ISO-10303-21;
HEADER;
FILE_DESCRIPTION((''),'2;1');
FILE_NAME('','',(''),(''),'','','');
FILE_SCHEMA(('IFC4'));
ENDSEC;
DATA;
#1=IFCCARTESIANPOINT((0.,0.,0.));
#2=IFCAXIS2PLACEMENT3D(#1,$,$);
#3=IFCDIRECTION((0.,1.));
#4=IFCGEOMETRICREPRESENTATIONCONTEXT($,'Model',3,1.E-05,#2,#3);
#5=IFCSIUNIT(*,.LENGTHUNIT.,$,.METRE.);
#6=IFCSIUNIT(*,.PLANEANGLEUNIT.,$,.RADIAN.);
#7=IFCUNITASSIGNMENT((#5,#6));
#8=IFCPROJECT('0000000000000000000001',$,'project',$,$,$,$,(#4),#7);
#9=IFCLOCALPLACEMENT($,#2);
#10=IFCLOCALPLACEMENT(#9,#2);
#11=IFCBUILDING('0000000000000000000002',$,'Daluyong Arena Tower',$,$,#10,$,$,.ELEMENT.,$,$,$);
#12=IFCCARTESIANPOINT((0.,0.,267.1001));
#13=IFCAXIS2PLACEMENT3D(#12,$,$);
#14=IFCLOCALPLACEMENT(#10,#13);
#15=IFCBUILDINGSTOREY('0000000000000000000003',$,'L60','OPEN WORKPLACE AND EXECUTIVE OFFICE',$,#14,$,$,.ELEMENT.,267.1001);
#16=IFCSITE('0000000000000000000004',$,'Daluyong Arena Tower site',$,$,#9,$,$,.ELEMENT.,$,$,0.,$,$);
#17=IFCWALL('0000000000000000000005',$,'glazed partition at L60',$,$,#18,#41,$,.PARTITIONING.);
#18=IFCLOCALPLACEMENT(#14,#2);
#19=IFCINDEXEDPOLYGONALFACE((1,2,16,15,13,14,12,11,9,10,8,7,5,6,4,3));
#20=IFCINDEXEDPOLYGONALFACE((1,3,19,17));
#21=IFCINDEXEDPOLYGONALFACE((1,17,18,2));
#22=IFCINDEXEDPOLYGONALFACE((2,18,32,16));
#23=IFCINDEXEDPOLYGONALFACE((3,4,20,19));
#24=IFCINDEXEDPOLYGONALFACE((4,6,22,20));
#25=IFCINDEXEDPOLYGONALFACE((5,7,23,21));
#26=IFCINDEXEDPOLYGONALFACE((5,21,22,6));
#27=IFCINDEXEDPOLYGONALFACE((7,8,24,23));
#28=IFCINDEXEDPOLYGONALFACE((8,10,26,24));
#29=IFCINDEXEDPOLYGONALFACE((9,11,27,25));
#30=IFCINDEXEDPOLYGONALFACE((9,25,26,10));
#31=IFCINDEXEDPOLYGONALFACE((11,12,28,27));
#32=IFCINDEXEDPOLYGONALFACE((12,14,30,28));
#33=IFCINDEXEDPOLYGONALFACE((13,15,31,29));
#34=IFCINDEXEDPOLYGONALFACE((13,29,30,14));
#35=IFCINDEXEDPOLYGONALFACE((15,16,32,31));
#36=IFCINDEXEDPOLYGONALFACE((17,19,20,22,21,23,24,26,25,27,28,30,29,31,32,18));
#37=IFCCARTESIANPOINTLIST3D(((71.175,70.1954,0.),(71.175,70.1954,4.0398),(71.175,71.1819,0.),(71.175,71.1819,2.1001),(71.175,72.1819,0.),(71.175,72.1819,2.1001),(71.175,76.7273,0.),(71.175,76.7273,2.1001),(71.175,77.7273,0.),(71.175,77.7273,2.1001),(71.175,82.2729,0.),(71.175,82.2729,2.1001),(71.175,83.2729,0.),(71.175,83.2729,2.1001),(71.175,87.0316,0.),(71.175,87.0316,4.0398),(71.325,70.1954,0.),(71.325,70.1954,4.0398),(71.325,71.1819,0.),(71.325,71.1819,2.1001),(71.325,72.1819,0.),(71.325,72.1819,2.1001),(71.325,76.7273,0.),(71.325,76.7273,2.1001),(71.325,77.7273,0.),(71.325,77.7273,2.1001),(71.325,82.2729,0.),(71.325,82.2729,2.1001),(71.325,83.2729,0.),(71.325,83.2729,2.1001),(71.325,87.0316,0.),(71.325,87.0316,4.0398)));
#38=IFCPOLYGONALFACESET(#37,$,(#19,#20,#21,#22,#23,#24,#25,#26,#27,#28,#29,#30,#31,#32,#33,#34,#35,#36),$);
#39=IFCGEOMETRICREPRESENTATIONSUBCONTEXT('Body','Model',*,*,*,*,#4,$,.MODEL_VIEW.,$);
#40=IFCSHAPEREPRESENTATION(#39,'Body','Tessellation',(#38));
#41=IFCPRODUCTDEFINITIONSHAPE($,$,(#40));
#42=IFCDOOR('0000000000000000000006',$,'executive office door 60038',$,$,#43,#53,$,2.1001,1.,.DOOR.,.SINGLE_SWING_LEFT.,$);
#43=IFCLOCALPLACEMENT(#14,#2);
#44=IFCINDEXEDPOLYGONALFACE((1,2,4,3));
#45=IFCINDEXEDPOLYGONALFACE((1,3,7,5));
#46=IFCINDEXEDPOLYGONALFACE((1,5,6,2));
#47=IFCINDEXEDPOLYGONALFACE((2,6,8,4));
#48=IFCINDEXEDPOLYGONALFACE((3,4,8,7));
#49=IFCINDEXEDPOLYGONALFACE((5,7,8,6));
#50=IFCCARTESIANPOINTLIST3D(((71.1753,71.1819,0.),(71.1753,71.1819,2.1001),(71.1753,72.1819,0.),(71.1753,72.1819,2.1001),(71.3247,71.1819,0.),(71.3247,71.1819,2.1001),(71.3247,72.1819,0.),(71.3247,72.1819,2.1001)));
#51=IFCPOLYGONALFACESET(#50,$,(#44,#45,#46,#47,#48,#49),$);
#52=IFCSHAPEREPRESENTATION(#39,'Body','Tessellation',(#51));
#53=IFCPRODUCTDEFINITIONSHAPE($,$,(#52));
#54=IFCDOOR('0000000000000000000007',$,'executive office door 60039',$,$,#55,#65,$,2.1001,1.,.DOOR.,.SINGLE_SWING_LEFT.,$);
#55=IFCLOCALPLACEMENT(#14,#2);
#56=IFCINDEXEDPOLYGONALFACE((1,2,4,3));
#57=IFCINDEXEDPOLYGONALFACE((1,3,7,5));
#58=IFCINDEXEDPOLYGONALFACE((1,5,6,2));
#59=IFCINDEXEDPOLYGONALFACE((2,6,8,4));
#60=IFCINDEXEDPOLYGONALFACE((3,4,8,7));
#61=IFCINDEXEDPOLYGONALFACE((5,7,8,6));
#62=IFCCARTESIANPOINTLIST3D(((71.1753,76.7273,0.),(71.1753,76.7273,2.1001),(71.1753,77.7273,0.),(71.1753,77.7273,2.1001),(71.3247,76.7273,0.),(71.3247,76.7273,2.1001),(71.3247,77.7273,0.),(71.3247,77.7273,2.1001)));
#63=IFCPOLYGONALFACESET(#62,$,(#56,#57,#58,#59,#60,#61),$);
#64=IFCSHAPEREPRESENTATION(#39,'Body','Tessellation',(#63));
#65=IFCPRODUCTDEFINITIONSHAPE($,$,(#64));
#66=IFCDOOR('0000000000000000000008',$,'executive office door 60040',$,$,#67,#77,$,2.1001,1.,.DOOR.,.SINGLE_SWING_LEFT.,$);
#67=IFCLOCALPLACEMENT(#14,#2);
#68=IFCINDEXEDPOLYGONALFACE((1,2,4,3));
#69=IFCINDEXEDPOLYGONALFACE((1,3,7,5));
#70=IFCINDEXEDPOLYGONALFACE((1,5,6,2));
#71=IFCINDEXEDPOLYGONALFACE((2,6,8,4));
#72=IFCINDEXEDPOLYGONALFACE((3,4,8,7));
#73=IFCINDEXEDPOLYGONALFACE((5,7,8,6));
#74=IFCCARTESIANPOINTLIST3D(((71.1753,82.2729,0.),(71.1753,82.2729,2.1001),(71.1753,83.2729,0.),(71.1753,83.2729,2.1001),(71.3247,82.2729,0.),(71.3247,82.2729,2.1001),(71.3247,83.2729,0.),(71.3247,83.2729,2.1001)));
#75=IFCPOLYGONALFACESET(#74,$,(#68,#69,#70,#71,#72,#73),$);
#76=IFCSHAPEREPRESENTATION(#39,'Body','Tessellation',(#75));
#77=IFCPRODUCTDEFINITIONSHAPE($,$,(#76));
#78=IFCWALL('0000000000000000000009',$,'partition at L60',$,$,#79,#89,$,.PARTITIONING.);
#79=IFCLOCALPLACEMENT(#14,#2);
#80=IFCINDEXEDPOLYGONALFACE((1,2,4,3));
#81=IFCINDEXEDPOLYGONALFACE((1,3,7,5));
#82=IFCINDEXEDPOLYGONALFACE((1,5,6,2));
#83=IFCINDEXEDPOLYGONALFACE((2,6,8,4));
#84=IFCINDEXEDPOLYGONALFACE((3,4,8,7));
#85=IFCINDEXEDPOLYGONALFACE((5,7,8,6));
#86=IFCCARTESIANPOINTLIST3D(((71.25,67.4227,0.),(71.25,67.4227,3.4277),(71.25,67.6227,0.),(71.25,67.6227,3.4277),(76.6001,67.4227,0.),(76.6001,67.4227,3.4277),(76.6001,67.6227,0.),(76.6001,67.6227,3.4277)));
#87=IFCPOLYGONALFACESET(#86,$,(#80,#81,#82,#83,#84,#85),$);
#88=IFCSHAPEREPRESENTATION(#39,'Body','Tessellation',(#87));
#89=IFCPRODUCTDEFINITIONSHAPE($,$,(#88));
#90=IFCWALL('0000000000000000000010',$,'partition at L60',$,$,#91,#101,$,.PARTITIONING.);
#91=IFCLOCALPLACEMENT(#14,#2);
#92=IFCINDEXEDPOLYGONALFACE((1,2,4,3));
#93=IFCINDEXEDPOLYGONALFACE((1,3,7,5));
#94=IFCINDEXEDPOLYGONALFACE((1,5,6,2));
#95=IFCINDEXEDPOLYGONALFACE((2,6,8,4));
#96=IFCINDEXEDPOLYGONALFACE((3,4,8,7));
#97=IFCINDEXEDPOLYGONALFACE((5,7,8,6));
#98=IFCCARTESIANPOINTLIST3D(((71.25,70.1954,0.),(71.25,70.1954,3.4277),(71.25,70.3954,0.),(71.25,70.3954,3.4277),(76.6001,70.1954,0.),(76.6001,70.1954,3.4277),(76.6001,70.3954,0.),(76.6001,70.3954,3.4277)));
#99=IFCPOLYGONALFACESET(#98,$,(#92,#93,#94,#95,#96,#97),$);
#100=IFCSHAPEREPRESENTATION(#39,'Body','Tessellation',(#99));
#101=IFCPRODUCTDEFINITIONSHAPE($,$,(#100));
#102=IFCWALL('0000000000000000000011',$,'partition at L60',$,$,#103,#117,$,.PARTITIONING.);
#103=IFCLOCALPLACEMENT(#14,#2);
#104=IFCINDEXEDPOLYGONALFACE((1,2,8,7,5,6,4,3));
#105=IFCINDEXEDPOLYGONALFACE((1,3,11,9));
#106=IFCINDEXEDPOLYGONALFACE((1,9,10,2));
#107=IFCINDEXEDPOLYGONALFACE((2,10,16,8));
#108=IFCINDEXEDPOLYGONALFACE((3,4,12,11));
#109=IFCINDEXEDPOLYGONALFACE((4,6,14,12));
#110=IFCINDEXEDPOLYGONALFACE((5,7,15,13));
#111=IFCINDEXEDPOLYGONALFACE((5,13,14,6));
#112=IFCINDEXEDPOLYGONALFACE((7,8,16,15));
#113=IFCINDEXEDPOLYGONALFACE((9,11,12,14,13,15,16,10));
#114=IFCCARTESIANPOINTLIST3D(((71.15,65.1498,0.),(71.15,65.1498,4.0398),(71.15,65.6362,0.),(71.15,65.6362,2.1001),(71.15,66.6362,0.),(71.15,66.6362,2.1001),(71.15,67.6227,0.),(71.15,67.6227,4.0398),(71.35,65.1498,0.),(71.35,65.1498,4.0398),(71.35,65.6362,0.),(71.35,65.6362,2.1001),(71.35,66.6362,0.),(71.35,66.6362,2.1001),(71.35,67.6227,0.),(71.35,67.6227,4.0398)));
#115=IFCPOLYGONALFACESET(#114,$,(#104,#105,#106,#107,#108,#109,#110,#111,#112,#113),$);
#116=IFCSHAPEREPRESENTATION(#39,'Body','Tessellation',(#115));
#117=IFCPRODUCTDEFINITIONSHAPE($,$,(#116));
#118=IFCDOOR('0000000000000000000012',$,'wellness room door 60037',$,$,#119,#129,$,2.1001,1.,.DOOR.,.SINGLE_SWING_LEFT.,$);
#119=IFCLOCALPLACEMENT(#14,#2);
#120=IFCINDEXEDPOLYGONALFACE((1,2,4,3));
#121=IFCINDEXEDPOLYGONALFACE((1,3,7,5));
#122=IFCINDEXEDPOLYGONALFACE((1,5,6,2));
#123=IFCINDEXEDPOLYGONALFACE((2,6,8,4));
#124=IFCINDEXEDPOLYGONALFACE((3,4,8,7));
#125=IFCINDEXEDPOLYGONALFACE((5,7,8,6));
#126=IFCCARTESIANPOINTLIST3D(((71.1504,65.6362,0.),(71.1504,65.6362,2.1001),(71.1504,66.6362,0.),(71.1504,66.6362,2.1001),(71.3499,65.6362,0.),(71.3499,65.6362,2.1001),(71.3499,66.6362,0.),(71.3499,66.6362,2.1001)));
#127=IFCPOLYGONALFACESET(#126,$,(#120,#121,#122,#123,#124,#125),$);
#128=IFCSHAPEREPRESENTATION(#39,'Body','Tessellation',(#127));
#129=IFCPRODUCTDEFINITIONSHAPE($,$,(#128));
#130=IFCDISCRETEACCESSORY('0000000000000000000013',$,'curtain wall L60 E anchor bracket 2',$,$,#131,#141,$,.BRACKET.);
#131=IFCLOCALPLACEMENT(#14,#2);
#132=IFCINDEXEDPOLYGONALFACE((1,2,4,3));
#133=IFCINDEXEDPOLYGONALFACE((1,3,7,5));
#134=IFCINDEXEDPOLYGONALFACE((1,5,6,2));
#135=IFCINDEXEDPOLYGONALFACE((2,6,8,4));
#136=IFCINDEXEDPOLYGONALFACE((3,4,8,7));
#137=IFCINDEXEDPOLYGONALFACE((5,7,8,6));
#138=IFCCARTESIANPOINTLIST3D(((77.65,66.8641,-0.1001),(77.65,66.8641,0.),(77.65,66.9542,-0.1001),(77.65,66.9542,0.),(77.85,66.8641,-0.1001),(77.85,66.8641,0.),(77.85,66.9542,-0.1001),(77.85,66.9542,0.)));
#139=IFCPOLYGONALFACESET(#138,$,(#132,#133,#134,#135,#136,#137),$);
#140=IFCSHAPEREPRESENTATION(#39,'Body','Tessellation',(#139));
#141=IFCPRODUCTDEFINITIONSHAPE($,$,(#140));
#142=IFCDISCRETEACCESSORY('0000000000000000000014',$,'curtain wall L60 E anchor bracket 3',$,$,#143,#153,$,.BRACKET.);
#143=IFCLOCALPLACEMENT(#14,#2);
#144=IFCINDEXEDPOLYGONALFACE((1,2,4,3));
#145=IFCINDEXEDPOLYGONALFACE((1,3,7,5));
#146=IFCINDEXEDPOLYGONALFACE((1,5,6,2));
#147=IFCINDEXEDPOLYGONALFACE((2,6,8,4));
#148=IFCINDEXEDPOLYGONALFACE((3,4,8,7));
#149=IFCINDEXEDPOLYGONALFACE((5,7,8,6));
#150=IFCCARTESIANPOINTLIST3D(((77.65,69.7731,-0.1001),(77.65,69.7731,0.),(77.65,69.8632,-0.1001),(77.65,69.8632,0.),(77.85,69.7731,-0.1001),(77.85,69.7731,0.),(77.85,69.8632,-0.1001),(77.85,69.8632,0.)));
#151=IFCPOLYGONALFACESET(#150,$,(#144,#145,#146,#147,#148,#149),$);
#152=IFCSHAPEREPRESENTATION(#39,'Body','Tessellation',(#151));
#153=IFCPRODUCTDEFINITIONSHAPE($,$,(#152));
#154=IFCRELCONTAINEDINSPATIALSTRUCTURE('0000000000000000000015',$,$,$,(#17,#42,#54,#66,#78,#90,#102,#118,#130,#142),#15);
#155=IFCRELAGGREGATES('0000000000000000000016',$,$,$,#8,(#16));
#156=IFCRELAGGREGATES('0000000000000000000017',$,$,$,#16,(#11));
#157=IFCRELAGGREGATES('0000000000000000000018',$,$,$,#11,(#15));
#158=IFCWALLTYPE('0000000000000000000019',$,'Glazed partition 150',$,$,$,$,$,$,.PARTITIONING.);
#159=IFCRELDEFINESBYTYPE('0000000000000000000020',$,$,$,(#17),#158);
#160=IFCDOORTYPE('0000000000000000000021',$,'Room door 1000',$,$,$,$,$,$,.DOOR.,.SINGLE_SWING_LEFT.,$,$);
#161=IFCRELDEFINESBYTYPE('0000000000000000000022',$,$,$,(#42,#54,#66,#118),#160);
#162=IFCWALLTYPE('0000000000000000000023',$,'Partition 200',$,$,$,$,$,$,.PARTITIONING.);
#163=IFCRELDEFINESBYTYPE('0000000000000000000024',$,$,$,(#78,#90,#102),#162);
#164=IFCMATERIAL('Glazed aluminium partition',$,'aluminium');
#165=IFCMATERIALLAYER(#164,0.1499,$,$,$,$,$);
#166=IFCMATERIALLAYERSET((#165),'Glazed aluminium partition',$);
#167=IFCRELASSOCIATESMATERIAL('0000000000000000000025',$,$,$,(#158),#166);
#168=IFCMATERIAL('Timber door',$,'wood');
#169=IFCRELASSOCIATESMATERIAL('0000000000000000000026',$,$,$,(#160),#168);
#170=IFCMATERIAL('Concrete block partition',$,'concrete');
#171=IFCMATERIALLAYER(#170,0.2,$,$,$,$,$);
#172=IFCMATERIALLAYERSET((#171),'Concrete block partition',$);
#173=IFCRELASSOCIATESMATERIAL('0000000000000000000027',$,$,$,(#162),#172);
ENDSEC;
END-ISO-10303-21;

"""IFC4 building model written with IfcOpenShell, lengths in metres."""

from ifc_helpers import new_model, si_unit, direction, frame, frame_2d, origin, origin_2d, place, context, subcontext, project, spatial, rectangle, extrude, material, layer, layer_set, type_object, element, fill, save


model = new_model("IFC4")

# Units and contexts
model_context = context("Model", 3, precision=1e-05, world=origin(), true_north=direction((0.0, 1.0)))
body_context = subcontext(model_context, "Body", "Model", "MODEL_VIEW")
ifc_project = project(units=[si_unit("LENGTHUNIT", "METRE"), si_unit("PLANEANGLEUNIT", "RADIAN")], contexts=[model_context])

# Site, building, storey
site_placement = place(None, origin())
site = spatial("IfcSite", under=ifc_project, at=site_placement, Name="Daluyong Arena Tower site", CompositionType="ELEMENT", RefElevation=0.0)
building_placement = place(site_placement, origin())
building = spatial("IfcBuilding", under=site, at=building_placement, Name="Daluyong Arena Tower", CompositionType="ELEMENT")
storey_placement = place(building_placement, frame((0.0, 0.0, 267.1001)))
storey = spatial("IfcBuildingStorey", under=building, at=storey_placement, Name="L60", Description="OPEN WORKPLACE AND EXECUTIVE OFFICE", CompositionType="ELEMENT", Elevation=267.1001)

# Wall, openings, doors
ifc_material_1 = material(Name="Glazed aluminium partition", Category="aluminium")
ifc_layer_1 = layer(ifc_material_1, 0.1499)
ifc_layer_set_1 = layer_set([ifc_layer_1], Name="Glazed aluminium partition")
wall_type_1 = type_object("IfcWallType", Name="Glazed partition 150", PredefinedType="PARTITIONING", material=ifc_layer_set_1)
wall_1_placement = place(storey_placement, frame((71.25, 70.1956, 0.0), z_axis=(0.0, 0.0, 1.0), x_axis=(0.0, 1.0, 0.0)))
wall_1 = element("IfcWall", 1, at=wall_1_placement, inside=storey, type_object=wall_type_1, Name="glazed partition at L60", PredefinedType="PARTITIONING", context=body_context, shape_type="SweptSolid", body=[
    extrude(rectangle(XDim=16.8362, YDim=0.1499, at=frame_2d((8.418, 0.0))), origin(), (0.0, 0.0, 1.0), 4.0398),
])
opening_1_placement = place(wall_1_placement, frame((0.9863, 0.0, 0.0)))
opening_1 = element("IfcOpeningElement", 2, at=opening_1_placement, cuts=wall_1, PredefinedType="OPENING", context=body_context, shape_type="SweptSolid", body=[
    extrude(rectangle(XDim=1.0, YDim=2.1001, at=frame_2d((0.5, 1.05))), frame((0.0, 0.085, 0.0), z_axis=(0.0, -1.0, 0.0), x_axis=(1.0, 0.0, 0.0)), (0.0, 0.0, 1.0), 0.1699),
])
opening_2_placement = place(wall_1_placement, frame((6.5317, 0.0, 0.0)))
opening_2 = element("IfcOpeningElement", 3, at=opening_2_placement, cuts=wall_1, PredefinedType="OPENING", context=body_context, shape_type="SweptSolid", body=[
    extrude(rectangle(XDim=1.0, YDim=2.1001, at=frame_2d((0.5, 1.05))), frame((0.0, 0.085, 0.0), z_axis=(0.0, -1.0, 0.0), x_axis=(1.0, 0.0, 0.0)), (0.0, 0.0, 1.0), 0.1699),
])
opening_3_placement = place(wall_1_placement, frame((12.0774, 0.0, 0.0)))
opening_3 = element("IfcOpeningElement", 4, at=opening_3_placement, cuts=wall_1, PredefinedType="OPENING", context=body_context, shape_type="SweptSolid", body=[
    extrude(rectangle(XDim=1.0, YDim=2.1001, at=frame_2d((0.5, 1.05))), frame((0.0, 0.085, 0.0), z_axis=(0.0, -1.0, 0.0), x_axis=(1.0, 0.0, 0.0)), (0.0, 0.0, 1.0), 0.1699),
])
ifc_material_2 = material(Name="Timber door", Category="wood")
door_type = type_object("IfcDoorType", Name="Room door 1000", OperationType="SINGLE_SWING_LEFT", PredefinedType="DOOR", material=ifc_material_2)
door_1_placement = place(opening_1_placement, origin())
door_1 = element("IfcDoor", 5, at=door_1_placement, inside=storey, type_object=door_type, Name="executive office door 60038", OperationType="SINGLE_SWING_LEFT", OverallHeight=2.1001, OverallWidth=1.0, PredefinedType="DOOR", context=body_context, shape_type="SweptSolid", body=[
    extrude(rectangle(XDim=1.0, YDim=2.1001, at=frame_2d((0.5, 1.05))), frame((0.0, 0.0747, 0.0), z_axis=(0.0, -1.0, 0.0), x_axis=(1.0, 0.0, 0.0)), (0.0, 0.0, 1.0), 0.1494),
])
fill(opening_1, door_1)
door_2_placement = place(opening_2_placement, origin())
door_2 = element("IfcDoor", 6, at=door_2_placement, inside=storey, type_object=door_type, Name="executive office door 60039", OperationType="SINGLE_SWING_LEFT", OverallHeight=2.1001, OverallWidth=1.0, PredefinedType="DOOR", context=body_context, shape_type="SweptSolid", body=[
    extrude(rectangle(XDim=1.0, YDim=2.1001, at=frame_2d((0.5, 1.05))), frame((0.0, 0.0747, 0.0), z_axis=(0.0, -1.0, 0.0), x_axis=(1.0, 0.0, 0.0)), (0.0, 0.0, 1.0), 0.1494),
])
fill(opening_2, door_2)
door_3_placement = place(opening_3_placement, origin())
door_3 = element("IfcDoor", 7, at=door_3_placement, inside=storey, type_object=door_type, Name="executive office door 60040", OperationType="SINGLE_SWING_LEFT", OverallHeight=2.1001, OverallWidth=1.0, PredefinedType="DOOR", context=body_context, shape_type="SweptSolid", body=[
    extrude(rectangle(XDim=1.0, YDim=2.1001, at=frame_2d((0.5, 1.05))), frame((0.0, 0.0747, 0.0), z_axis=(0.0, -1.0, 0.0), x_axis=(1.0, 0.0, 0.0)), (0.0, 0.0, 1.0), 0.1494),
])
fill(opening_3, door_3)

# Walls
ifc_material_3 = material(Name="Concrete block partition", Category="concrete")
ifc_layer_2 = layer(ifc_material_3, 0.2)
ifc_layer_set_2 = layer_set([ifc_layer_2], Name="Concrete block partition")
wall_type_2 = type_object("IfcWallType", Name="Partition 200", PredefinedType="PARTITIONING", material=ifc_layer_set_2)
for number, where, z_axis, x_axis, name in (
    (8, (71.25, 67.5227, 0.0), (0.0, 0.0, 1.0), (1.0, 0.0, 0.0), "partition at L60"),
    (9, (71.25, 70.2954, 0.0), (0.0, 0.0, 1.0), (1.0, 0.0, 0.0), "partition at L60"),
):
    element("IfcWall", number, at=place(storey_placement, frame(where, z_axis=z_axis, x_axis=x_axis)), inside=storey, type_object=wall_type_2, Name=name, PredefinedType="PARTITIONING", context=body_context, shape_type="SweptSolid", body=[
        extrude(rectangle(XDim=5.3501, YDim=0.2, at=frame_2d((2.675, 0.0))), origin(), (0.0, 0.0, 1.0), 3.4277),
    ])

# Wall, opening, door
wall_2_placement = place(storey_placement, frame((71.25, 65.1499, 0.0), z_axis=(0.0, 0.0, 1.0), x_axis=(0.0, 1.0, 0.0)))
wall_2 = element("IfcWall", 10, at=wall_2_placement, inside=storey, type_object=wall_type_2, Name="partition at L60", PredefinedType="PARTITIONING", context=body_context, shape_type="SweptSolid", body=[
    extrude(rectangle(XDim=2.4729, YDim=0.2, at=frame_2d((1.2363, 0.0))), origin(), (0.0, 0.0, 1.0), 4.0398),
])
opening_4_placement = place(wall_2_placement, frame((0.4863, 0.0, 0.0)))
opening_4 = element("IfcOpeningElement", 11, at=opening_4_placement, cuts=wall_2, PredefinedType="OPENING", context=body_context, shape_type="SweptSolid", body=[
    extrude(rectangle(XDim=1.0, YDim=2.1001, at=frame_2d((0.5, 1.05))), frame((0.0, 0.1099, 0.0), z_axis=(0.0, -1.0, 0.0), x_axis=(1.0, 0.0, 0.0)), (0.0, 0.0, 1.0), 0.22),
])
door_4_placement = place(opening_4_placement, origin())
door_4 = element("IfcDoor", 12, at=door_4_placement, inside=storey, type_object=door_type, Name="wellness room door 60037", OperationType="SINGLE_SWING_LEFT", OverallHeight=2.1001, OverallWidth=1.0, PredefinedType="DOOR", context=body_context, shape_type="SweptSolid", body=[
    extrude(rectangle(XDim=1.0, YDim=2.1001, at=frame_2d((0.5, 1.05))), frame((0.0, 0.0996, 0.0), z_axis=(0.0, -1.0, 0.0), x_axis=(1.0, 0.0, 0.0)), (0.0, 0.0, 1.0), 0.1995),
])
fill(opening_4, door_4)

# Discrete accessories
for number, where, z_axis, x_axis, name in (
    (13, (77.75, 66.9092, -0.1001), (0.0, 0.0, 1.0), (0.0, 1.0, 0.0), "curtain wall L60 E anchor bracket 2"),
    (14, (77.75, 69.8181, -0.1001), (0.0, 0.0, 1.0), (0.0, 1.0, 0.0), "curtain wall L60 E anchor bracket 3"),
):
    element("IfcDiscreteAccessory", number, at=place(storey_placement, frame(where, z_axis=z_axis, x_axis=x_axis)), inside=storey, Name=name, PredefinedType="BRACKET", context=body_context, shape_type="SweptSolid", body=[
        extrude(rectangle(XDim=0.0901, YDim=0.2, at=origin_2d()), origin(), (0.0, 0.0, 1.0), 0.1001),
    ])

save(model, "model.ifc")
